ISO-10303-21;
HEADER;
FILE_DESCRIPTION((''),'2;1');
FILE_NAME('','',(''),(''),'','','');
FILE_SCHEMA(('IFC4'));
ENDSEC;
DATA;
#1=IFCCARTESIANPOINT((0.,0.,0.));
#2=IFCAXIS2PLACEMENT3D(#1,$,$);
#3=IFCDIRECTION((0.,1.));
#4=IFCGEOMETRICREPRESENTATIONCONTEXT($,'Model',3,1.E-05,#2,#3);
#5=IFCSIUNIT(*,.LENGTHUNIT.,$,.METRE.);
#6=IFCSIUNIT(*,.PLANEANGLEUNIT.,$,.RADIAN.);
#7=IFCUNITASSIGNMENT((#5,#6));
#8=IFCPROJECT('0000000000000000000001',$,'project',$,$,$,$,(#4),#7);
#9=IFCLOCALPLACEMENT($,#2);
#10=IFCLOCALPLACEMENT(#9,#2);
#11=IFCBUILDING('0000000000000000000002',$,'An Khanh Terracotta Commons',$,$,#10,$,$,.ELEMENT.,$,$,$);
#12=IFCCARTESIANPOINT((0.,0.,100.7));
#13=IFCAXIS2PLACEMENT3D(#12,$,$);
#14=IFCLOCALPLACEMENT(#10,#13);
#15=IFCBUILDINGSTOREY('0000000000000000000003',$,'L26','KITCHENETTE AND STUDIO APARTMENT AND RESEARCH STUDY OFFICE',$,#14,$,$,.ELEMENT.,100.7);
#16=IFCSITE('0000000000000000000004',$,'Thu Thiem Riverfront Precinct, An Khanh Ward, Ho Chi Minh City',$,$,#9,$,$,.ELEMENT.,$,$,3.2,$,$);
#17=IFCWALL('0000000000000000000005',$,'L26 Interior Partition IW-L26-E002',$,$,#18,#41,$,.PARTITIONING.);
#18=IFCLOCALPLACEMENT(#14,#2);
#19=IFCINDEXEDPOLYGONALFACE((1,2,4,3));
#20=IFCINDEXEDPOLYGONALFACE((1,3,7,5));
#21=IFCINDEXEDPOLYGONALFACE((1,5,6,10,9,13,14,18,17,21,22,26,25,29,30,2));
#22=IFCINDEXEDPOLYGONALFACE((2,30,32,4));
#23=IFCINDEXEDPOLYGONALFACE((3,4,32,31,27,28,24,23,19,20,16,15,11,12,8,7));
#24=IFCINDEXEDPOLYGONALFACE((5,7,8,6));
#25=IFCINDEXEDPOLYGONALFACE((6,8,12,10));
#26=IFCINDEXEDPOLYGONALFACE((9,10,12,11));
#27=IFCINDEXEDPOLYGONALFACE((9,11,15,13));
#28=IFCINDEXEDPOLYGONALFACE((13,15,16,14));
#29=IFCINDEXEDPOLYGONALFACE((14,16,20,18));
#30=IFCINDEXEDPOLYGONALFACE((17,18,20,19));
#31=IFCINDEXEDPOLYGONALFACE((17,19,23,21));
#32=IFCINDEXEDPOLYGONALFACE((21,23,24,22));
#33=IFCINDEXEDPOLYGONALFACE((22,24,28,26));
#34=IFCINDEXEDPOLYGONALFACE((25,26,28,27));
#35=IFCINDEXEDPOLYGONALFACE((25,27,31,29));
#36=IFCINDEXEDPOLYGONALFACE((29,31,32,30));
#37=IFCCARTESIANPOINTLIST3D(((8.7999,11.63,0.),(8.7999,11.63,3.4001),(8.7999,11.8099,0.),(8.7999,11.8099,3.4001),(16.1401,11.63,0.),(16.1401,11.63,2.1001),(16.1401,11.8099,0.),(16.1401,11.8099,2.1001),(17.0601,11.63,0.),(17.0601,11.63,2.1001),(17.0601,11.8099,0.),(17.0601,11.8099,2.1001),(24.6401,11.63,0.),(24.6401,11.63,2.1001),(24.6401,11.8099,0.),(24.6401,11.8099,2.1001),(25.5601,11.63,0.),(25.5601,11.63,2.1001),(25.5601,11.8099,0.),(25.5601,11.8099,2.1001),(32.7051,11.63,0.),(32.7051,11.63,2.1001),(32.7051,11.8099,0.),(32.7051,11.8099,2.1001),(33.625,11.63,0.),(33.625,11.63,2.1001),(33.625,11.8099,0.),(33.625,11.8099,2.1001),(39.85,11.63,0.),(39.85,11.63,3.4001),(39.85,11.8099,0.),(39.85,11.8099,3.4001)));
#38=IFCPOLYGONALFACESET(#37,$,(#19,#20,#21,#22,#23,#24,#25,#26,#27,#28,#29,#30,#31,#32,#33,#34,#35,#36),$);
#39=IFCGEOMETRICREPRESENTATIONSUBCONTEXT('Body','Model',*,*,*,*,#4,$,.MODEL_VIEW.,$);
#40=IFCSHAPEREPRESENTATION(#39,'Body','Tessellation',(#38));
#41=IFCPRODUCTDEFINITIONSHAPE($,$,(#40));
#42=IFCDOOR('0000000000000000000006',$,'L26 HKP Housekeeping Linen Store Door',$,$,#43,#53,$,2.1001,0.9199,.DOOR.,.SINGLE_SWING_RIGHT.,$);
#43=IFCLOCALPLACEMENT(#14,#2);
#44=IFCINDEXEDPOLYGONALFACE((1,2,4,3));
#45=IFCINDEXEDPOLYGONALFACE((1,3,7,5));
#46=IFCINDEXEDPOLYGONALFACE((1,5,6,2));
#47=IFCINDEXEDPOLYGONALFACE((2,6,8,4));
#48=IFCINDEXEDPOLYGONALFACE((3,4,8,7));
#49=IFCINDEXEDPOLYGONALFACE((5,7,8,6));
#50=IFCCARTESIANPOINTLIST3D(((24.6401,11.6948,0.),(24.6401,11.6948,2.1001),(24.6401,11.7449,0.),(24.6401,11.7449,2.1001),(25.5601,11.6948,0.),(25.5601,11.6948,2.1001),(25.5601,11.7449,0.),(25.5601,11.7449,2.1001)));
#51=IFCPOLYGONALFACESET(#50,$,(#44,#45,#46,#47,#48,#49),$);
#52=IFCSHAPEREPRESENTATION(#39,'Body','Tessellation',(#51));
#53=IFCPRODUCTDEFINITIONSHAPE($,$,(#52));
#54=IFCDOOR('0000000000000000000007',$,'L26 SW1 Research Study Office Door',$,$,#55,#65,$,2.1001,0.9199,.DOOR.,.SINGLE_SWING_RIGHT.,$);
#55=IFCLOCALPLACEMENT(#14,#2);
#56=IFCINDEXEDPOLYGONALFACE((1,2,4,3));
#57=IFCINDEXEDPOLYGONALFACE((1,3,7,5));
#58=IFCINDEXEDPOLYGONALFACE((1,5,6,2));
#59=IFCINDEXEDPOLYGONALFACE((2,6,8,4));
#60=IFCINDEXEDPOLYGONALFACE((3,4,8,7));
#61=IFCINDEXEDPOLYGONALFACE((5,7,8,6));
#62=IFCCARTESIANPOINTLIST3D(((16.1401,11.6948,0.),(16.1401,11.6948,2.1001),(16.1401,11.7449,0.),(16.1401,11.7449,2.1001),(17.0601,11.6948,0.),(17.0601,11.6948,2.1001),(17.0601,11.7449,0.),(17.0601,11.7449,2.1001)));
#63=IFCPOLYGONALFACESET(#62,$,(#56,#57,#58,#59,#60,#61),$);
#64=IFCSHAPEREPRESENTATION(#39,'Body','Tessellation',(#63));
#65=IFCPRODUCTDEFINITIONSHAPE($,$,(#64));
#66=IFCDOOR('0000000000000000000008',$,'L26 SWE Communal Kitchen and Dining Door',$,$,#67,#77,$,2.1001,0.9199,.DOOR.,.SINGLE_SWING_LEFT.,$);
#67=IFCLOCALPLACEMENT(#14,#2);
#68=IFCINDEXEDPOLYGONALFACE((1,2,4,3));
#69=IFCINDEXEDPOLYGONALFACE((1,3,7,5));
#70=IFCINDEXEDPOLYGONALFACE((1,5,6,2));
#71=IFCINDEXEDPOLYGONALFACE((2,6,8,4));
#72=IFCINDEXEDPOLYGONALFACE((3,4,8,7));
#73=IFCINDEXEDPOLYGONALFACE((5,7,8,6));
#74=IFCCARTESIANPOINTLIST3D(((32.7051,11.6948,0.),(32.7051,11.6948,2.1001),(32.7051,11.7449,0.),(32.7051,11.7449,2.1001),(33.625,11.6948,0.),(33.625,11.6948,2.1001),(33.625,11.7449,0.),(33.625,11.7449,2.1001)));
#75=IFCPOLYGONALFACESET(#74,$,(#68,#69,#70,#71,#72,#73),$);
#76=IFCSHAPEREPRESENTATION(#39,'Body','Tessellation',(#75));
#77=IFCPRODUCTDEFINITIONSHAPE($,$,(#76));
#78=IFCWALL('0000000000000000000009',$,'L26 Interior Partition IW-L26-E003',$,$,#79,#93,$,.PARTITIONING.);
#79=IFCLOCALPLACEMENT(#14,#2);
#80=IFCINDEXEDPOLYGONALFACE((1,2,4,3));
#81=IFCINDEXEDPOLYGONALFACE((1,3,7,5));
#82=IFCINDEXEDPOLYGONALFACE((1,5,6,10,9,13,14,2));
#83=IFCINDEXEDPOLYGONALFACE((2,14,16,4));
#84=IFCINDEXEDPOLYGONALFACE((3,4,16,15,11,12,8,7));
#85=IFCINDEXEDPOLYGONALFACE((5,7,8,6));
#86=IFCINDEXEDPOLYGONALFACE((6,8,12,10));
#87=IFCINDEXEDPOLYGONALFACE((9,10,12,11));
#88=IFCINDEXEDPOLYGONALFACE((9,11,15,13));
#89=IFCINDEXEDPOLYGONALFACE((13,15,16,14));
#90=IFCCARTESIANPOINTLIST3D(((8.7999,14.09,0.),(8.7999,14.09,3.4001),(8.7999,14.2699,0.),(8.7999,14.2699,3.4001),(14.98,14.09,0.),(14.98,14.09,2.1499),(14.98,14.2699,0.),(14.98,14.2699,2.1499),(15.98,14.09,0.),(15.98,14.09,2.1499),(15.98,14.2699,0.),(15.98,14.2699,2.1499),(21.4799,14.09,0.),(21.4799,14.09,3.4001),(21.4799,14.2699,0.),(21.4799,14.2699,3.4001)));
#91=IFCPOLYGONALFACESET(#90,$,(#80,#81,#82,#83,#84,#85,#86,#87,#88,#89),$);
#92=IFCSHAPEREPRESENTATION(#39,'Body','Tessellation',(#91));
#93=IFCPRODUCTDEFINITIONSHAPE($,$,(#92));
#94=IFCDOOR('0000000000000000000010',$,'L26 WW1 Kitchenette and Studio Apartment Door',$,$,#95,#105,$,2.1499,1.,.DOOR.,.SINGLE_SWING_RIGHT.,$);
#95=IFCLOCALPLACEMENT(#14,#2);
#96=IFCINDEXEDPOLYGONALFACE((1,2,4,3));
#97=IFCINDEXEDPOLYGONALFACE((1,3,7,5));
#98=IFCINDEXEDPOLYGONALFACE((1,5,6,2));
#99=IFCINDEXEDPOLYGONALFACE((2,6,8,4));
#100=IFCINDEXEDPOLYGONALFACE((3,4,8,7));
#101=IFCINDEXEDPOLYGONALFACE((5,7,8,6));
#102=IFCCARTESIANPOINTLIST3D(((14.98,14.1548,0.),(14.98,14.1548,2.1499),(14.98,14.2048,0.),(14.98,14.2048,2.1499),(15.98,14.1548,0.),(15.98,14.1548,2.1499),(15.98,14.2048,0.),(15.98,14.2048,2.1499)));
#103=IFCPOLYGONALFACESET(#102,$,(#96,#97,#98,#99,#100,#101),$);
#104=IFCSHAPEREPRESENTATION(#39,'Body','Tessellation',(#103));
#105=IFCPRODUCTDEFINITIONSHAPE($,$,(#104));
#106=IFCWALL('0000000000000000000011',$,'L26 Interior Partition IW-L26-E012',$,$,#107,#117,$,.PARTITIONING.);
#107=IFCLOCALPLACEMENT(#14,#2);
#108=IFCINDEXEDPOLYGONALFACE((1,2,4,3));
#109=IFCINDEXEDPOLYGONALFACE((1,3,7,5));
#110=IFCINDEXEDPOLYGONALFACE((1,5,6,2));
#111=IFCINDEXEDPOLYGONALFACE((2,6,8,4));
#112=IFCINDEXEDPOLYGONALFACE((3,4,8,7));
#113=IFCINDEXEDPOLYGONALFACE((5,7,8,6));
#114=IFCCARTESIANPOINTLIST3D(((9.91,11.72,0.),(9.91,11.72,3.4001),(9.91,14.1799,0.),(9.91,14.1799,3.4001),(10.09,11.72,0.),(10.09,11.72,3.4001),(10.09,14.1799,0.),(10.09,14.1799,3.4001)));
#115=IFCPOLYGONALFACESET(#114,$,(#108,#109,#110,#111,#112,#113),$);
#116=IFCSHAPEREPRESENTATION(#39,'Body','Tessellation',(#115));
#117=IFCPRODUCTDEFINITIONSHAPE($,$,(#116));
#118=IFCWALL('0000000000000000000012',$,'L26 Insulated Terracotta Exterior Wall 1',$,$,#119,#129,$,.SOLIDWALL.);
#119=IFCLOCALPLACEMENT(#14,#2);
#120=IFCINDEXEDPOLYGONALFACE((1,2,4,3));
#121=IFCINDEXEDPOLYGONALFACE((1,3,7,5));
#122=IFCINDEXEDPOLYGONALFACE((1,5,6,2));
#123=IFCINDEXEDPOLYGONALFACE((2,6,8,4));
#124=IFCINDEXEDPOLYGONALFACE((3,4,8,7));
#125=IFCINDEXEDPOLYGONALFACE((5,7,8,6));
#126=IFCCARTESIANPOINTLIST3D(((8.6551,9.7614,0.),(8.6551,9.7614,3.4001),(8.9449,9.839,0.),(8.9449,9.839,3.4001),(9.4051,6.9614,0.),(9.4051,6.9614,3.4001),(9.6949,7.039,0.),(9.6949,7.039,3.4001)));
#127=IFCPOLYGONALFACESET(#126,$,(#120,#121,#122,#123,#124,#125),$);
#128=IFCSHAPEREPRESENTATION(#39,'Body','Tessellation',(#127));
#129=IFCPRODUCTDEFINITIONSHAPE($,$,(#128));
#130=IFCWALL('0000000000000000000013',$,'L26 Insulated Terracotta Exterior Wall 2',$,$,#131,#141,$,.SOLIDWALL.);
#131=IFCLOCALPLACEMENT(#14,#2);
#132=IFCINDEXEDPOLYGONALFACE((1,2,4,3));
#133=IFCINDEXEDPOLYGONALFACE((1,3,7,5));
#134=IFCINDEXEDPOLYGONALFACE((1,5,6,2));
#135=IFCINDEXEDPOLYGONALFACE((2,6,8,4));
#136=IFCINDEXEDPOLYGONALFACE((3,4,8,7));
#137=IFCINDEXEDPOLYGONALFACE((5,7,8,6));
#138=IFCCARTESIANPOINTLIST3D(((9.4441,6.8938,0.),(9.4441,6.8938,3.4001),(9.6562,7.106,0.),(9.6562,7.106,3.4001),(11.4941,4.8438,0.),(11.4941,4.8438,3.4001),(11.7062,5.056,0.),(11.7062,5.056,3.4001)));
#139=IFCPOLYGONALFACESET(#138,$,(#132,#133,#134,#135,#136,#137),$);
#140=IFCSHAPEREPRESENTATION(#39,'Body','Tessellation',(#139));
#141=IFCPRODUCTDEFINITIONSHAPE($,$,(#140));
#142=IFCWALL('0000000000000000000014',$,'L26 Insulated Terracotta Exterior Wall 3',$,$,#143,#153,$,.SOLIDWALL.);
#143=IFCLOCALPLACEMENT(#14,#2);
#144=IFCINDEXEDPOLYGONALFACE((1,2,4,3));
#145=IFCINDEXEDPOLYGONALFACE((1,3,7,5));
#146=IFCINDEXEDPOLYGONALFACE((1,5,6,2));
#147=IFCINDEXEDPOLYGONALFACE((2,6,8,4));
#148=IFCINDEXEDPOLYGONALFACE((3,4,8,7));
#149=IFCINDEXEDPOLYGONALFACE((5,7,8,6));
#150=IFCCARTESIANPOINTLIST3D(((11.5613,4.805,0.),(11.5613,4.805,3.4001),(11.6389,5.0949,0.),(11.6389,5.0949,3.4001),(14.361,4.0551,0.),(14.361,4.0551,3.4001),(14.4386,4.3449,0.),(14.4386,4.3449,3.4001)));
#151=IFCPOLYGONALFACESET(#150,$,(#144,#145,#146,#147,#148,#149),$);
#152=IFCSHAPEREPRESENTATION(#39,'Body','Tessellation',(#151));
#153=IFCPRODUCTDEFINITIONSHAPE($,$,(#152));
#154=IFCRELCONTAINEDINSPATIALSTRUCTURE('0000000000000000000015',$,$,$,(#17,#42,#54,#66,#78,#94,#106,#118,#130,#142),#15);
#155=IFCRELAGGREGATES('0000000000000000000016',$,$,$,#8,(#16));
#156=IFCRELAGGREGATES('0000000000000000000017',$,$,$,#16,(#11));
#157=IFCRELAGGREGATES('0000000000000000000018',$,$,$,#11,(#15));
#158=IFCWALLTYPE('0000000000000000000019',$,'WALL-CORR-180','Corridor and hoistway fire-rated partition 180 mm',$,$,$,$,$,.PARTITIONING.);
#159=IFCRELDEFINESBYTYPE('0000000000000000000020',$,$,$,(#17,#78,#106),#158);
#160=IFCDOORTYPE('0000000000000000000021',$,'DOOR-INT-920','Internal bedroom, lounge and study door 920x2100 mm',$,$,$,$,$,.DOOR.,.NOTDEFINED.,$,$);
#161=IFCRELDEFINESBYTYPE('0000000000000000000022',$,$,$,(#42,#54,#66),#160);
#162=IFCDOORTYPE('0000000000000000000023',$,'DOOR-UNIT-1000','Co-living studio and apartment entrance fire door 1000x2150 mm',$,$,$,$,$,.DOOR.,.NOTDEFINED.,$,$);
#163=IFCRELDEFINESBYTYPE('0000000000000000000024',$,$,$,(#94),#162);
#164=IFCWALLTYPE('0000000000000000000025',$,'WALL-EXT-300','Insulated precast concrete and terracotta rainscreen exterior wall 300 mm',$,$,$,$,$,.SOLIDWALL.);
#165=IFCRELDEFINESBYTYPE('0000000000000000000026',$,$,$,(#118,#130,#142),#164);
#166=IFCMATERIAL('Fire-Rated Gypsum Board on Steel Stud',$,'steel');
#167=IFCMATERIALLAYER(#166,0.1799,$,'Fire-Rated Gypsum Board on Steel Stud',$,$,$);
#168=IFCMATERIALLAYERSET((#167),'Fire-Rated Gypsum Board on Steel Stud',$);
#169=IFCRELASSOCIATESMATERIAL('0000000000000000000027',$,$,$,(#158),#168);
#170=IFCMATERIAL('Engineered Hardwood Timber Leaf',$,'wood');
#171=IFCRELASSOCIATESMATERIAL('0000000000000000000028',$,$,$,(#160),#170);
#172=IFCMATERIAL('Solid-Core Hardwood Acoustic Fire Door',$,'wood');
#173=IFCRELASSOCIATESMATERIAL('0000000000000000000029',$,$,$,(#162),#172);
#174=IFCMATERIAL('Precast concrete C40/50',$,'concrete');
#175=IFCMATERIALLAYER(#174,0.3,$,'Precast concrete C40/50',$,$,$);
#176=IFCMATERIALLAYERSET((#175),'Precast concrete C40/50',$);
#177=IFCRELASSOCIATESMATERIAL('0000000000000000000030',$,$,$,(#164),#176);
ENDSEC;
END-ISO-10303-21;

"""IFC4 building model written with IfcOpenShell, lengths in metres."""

from ifc_helpers import new_model, si_unit, direction, frame, frame_2d, origin, place, context, subcontext, project, spatial, rectangle, extrude, material, layer, layer_set, type_object, element, fill, save


model = new_model("IFC4")

# Units and contexts
model_context = context("Model", 3, precision=1e-05, world=origin(), true_north=direction((0.0, 1.0)))
body_context = subcontext(model_context, "Body", "Model", "MODEL_VIEW")
ifc_project = project(units=[si_unit("LENGTHUNIT", "METRE"), si_unit("PLANEANGLEUNIT", "RADIAN")], contexts=[model_context])

# Site, building, storey
site_placement = place(None, origin())
site = spatial("IfcSite", under=ifc_project, at=site_placement, Name="Thu Thiem Riverfront Precinct, An Khanh Ward, Ho Chi Minh City", CompositionType="ELEMENT", RefElevation=3.2)
building_placement = place(site_placement, origin())
building = spatial("IfcBuilding", under=site, at=building_placement, Name="An Khanh Terracotta Commons", CompositionType="ELEMENT")
storey_placement = place(building_placement, frame((0.0, 0.0, 100.7)))
storey = spatial("IfcBuildingStorey", under=building, at=storey_placement, Name="L26", Description="KITCHENETTE AND STUDIO APARTMENT AND RESEARCH STUDY OFFICE", CompositionType="ELEMENT", Elevation=100.7)

# Shared definitions
ifc_material_1 = material(Name="Precast concrete C40/50", Category="concrete")

# Wall, openings, doors
ifc_material_2 = material(Name="Fire-Rated Gypsum Board on Steel Stud", Category="steel")
ifc_layer_1 = layer(ifc_material_2, 0.1799, Name="Fire-Rated Gypsum Board on Steel Stud")
ifc_layer_set_1 = layer_set([ifc_layer_1], Name="Fire-Rated Gypsum Board on Steel Stud")
wall_type_1 = type_object("IfcWallType", Name="WALL-CORR-180", Description="Corridor and hoistway fire-rated partition 180 mm", PredefinedType="PARTITIONING", material=ifc_layer_set_1)
wall_1_placement = place(storey_placement, frame((8.8, 11.72, 0.0), z_axis=(0.0, 0.0, 1.0), x_axis=(1.0, 0.0, 0.0)))
wall_1 = element("IfcWall", 1, at=wall_1_placement, inside=storey, type_object=wall_type_1, Name="L26 Interior Partition IW-L26-E002", PredefinedType="PARTITIONING", context=body_context, shape_type="SweptSolid", body=[
    extrude(rectangle(XDim=31.05, YDim=0.1799, at=frame_2d((15.5249, 0.0))), origin(), (0.0, 0.0, 1.0), 3.4001),
])
opening_1_placement = place(wall_1_placement, frame((15.8401, 0.0, 0.0)))
opening_1 = element("IfcOpeningElement", 2, at=opening_1_placement, cuts=wall_1, PredefinedType="OPENING", context=body_context, shape_type="SweptSolid", body=[
    extrude(rectangle(XDim=0.9199, YDim=2.1001, at=frame_2d((0.46, 1.05))), frame((0.0, 0.0999, 0.0), z_axis=(0.0, -1.0, 0.0), x_axis=(1.0, 0.0, 0.0)), (0.0, 0.0, 1.0), 0.2),
])
opening_2_placement = place(wall_1_placement, frame((7.3401, 0.0, 0.0)))
opening_2 = element("IfcOpeningElement", 3, at=opening_2_placement, cuts=wall_1, PredefinedType="OPENING", context=body_context, shape_type="SweptSolid", body=[
    extrude(rectangle(XDim=0.9199, YDim=2.1001, at=frame_2d((0.46, 1.05))), frame((0.0, 0.0999, 0.0), z_axis=(0.0, -1.0, 0.0), x_axis=(1.0, 0.0, 0.0)), (0.0, 0.0, 1.0), 0.2),
])
opening_3_placement = place(wall_1_placement, frame((23.905, 0.0, 0.0)))
opening_3 = element("IfcOpeningElement", 4, at=opening_3_placement, cuts=wall_1, PredefinedType="OPENING", context=body_context, shape_type="SweptSolid", body=[
    extrude(rectangle(XDim=0.9199, YDim=2.1001, at=frame_2d((0.46, 1.05))), frame((0.0, 0.0999, 0.0), z_axis=(0.0, -1.0, 0.0), x_axis=(1.0, 0.0, 0.0)), (0.0, 0.0, 1.0), 0.2),
])
ifc_material_3 = material(Name="Engineered Hardwood Timber Leaf", Category="wood")
door_type_1 = type_object("IfcDoorType", Name="DOOR-INT-920", Description="Internal bedroom, lounge and study door 920x2100 mm", OperationType="NOTDEFINED", PredefinedType="DOOR", material=ifc_material_3)
door_1_placement = place(opening_1_placement, origin())
door_1 = element("IfcDoor", 5, at=door_1_placement, inside=storey, type_object=door_type_1, Name="L26 HKP Housekeeping Linen Store Door", OperationType="SINGLE_SWING_RIGHT", OverallHeight=2.1001, OverallWidth=0.9199, PredefinedType="DOOR", context=body_context, shape_type="SweptSolid", body=[
    extrude(rectangle(XDim=0.9199, YDim=2.1001, at=frame_2d((0.46, 1.05))), frame((0.0, 0.0249, 0.0), z_axis=(0.0, -1.0, 0.0), x_axis=(1.0, 0.0, 0.0)), (0.0, 0.0, 1.0), 0.05),
])
fill(opening_1, door_1)
door_2_placement = place(opening_2_placement, origin())
door_2 = element("IfcDoor", 6, at=door_2_placement, inside=storey, type_object=door_type_1, Name="L26 SW1 Research Study Office Door", OperationType="SINGLE_SWING_RIGHT", OverallHeight=2.1001, OverallWidth=0.9199, PredefinedType="DOOR", context=body_context, shape_type="SweptSolid", body=[
    extrude(rectangle(XDim=0.9199, YDim=2.1001, at=frame_2d((0.46, 1.05))), frame((0.0, 0.0249, 0.0), z_axis=(0.0, -1.0, 0.0), x_axis=(1.0, 0.0, 0.0)), (0.0, 0.0, 1.0), 0.05),
])
fill(opening_2, door_2)
door_3_placement = place(opening_3_placement, origin())
door_3 = element("IfcDoor", 7, at=door_3_placement, inside=storey, type_object=door_type_1, Name="L26 SWE Communal Kitchen and Dining Door", OperationType="SINGLE_SWING_LEFT", OverallHeight=2.1001, OverallWidth=0.9199, PredefinedType="DOOR", context=body_context, shape_type="SweptSolid", body=[
    extrude(rectangle(XDim=0.9199, YDim=2.1001, at=frame_2d((0.46, 1.05))), frame((0.0, 0.0249, 0.0), z_axis=(0.0, -1.0, 0.0), x_axis=(1.0, 0.0, 0.0)), (0.0, 0.0, 1.0), 0.05),
])
fill(opening_3, door_3)

# Wall, opening, door
wall_2_placement = place(storey_placement, frame((8.8, 14.1799, 0.0), z_axis=(0.0, 0.0, 1.0), x_axis=(1.0, 0.0, 0.0)))
wall_2 = element("IfcWall", 8, at=wall_2_placement, inside=storey, type_object=wall_type_1, Name="L26 Interior Partition IW-L26-E003", PredefinedType="PARTITIONING", context=body_context, shape_type="SweptSolid", body=[
    extrude(rectangle(XDim=12.6799, YDim=0.1799, at=frame_2d((6.3398, 0.0))), origin(), (0.0, 0.0, 1.0), 3.4001),
])
opening_4_placement = place(wall_2_placement, frame((6.1799, 0.0, 0.0)))
opening_4 = element("IfcOpeningElement", 9, at=opening_4_placement, cuts=wall_2, PredefinedType="OPENING", context=body_context, shape_type="SweptSolid", body=[
    extrude(rectangle(XDim=1.0, YDim=2.1499, at=frame_2d((0.5, 1.075))), frame((0.0, 0.0999, 0.0), z_axis=(0.0, -1.0, 0.0), x_axis=(1.0, 0.0, 0.0)), (0.0, 0.0, 1.0), 0.2),
])
ifc_material_4 = material(Name="Solid-Core Hardwood Acoustic Fire Door", Category="wood")
door_type_2 = type_object("IfcDoorType", Name="DOOR-UNIT-1000", Description="Co-living studio and apartment entrance fire door 1000x2150 mm", OperationType="NOTDEFINED", PredefinedType="DOOR", material=ifc_material_4)
door_4_placement = place(opening_4_placement, origin())
door_4 = element("IfcDoor", 10, at=door_4_placement, inside=storey, type_object=door_type_2, Name="L26 WW1 Kitchenette and Studio Apartment Door", OperationType="SINGLE_SWING_RIGHT", OverallHeight=2.1499, OverallWidth=1.0, PredefinedType="DOOR", context=body_context, shape_type="SweptSolid", body=[
    extrude(rectangle(XDim=1.0, YDim=2.1499, at=frame_2d((0.5, 1.075))), frame((0.0, 0.0249, 0.0), z_axis=(0.0, -1.0, 0.0), x_axis=(1.0, 0.0, 0.0)), (0.0, 0.0, 1.0), 0.05),
])
fill(opening_4, door_4)

# Walls
wall_3_placement = place(storey_placement, frame((10.0, 11.72, 0.0), z_axis=(0.0, 0.0, 1.0), x_axis=(0.0, 1.0, 0.0)))
element("IfcWall", 11, at=wall_3_placement, inside=storey, type_object=wall_type_1, Name="L26 Interior Partition IW-L26-E012", PredefinedType="PARTITIONING", context=body_context, shape_type="SweptSolid", body=[
    extrude(rectangle(XDim=2.46, YDim=0.1799, at=frame_2d((1.23, 0.0))), origin(), (0.0, 0.0, 1.0), 3.4001),
])
ifc_layer_2 = layer(ifc_material_1, 0.3, Name="Precast concrete C40/50")
ifc_layer_set_2 = layer_set([ifc_layer_2], Name="Precast concrete C40/50")
wall_type_2 = type_object("IfcWallType", Name="WALL-EXT-300", Description="Insulated precast concrete and terracotta rainscreen exterior wall 300 mm", PredefinedType="SOLIDWALL", material=ifc_layer_set_2)
wall_4_placement = place(storey_placement, frame((8.8, 9.8, 0.0), z_axis=(0.0, 0.0, 1.0), x_axis=(0.258732, -0.965949, 0.0)))
element("IfcWall", 12, at=wall_4_placement, inside=storey, type_object=wall_type_2, Name="L26 Insulated Terracotta Exterior Wall 1", PredefinedType="SOLIDWALL", context=body_context, shape_type="SweptSolid", body=[
    extrude(rectangle(XDim=2.8987, YDim=0.3, at=frame_2d((1.4492, 0.0))), origin(), (0.0, 0.0, 1.0), 3.4001),
])
wall_5_placement = place(storey_placement, frame((9.55, 7.0, 0.0), z_axis=(0.0, 0.0, 1.0), x_axis=(0.707107, -0.707107, 0.0)))
element("IfcWall", 13, at=wall_5_placement, inside=storey, type_object=wall_type_2, Name="L26 Insulated Terracotta Exterior Wall 2", PredefinedType="SOLIDWALL", context=body_context, shape_type="SweptSolid", body=[
    extrude(rectangle(XDim=2.8992, YDim=0.3, at=frame_2d((1.4497, 0.0))), origin(), (0.0, 0.0, 1.0), 3.4001),
])
wall_6_placement = place(storey_placement, frame((11.6001, 4.95, 0.0), z_axis=(0.0, 0.0, 1.0), x_axis=(0.965944, -0.258753, 0.0)))
element("IfcWall", 14, at=wall_6_placement, inside=storey, type_object=wall_type_2, Name="L26 Insulated Terracotta Exterior Wall 3", PredefinedType="SOLIDWALL", context=body_context, shape_type="SweptSolid", body=[
    extrude(rectangle(XDim=2.8984, YDim=0.3, at=frame_2d((1.4492, 0.0))), origin(), (0.0, 0.0, 1.0), 3.4001),
])

save(model, "model.ifc")
